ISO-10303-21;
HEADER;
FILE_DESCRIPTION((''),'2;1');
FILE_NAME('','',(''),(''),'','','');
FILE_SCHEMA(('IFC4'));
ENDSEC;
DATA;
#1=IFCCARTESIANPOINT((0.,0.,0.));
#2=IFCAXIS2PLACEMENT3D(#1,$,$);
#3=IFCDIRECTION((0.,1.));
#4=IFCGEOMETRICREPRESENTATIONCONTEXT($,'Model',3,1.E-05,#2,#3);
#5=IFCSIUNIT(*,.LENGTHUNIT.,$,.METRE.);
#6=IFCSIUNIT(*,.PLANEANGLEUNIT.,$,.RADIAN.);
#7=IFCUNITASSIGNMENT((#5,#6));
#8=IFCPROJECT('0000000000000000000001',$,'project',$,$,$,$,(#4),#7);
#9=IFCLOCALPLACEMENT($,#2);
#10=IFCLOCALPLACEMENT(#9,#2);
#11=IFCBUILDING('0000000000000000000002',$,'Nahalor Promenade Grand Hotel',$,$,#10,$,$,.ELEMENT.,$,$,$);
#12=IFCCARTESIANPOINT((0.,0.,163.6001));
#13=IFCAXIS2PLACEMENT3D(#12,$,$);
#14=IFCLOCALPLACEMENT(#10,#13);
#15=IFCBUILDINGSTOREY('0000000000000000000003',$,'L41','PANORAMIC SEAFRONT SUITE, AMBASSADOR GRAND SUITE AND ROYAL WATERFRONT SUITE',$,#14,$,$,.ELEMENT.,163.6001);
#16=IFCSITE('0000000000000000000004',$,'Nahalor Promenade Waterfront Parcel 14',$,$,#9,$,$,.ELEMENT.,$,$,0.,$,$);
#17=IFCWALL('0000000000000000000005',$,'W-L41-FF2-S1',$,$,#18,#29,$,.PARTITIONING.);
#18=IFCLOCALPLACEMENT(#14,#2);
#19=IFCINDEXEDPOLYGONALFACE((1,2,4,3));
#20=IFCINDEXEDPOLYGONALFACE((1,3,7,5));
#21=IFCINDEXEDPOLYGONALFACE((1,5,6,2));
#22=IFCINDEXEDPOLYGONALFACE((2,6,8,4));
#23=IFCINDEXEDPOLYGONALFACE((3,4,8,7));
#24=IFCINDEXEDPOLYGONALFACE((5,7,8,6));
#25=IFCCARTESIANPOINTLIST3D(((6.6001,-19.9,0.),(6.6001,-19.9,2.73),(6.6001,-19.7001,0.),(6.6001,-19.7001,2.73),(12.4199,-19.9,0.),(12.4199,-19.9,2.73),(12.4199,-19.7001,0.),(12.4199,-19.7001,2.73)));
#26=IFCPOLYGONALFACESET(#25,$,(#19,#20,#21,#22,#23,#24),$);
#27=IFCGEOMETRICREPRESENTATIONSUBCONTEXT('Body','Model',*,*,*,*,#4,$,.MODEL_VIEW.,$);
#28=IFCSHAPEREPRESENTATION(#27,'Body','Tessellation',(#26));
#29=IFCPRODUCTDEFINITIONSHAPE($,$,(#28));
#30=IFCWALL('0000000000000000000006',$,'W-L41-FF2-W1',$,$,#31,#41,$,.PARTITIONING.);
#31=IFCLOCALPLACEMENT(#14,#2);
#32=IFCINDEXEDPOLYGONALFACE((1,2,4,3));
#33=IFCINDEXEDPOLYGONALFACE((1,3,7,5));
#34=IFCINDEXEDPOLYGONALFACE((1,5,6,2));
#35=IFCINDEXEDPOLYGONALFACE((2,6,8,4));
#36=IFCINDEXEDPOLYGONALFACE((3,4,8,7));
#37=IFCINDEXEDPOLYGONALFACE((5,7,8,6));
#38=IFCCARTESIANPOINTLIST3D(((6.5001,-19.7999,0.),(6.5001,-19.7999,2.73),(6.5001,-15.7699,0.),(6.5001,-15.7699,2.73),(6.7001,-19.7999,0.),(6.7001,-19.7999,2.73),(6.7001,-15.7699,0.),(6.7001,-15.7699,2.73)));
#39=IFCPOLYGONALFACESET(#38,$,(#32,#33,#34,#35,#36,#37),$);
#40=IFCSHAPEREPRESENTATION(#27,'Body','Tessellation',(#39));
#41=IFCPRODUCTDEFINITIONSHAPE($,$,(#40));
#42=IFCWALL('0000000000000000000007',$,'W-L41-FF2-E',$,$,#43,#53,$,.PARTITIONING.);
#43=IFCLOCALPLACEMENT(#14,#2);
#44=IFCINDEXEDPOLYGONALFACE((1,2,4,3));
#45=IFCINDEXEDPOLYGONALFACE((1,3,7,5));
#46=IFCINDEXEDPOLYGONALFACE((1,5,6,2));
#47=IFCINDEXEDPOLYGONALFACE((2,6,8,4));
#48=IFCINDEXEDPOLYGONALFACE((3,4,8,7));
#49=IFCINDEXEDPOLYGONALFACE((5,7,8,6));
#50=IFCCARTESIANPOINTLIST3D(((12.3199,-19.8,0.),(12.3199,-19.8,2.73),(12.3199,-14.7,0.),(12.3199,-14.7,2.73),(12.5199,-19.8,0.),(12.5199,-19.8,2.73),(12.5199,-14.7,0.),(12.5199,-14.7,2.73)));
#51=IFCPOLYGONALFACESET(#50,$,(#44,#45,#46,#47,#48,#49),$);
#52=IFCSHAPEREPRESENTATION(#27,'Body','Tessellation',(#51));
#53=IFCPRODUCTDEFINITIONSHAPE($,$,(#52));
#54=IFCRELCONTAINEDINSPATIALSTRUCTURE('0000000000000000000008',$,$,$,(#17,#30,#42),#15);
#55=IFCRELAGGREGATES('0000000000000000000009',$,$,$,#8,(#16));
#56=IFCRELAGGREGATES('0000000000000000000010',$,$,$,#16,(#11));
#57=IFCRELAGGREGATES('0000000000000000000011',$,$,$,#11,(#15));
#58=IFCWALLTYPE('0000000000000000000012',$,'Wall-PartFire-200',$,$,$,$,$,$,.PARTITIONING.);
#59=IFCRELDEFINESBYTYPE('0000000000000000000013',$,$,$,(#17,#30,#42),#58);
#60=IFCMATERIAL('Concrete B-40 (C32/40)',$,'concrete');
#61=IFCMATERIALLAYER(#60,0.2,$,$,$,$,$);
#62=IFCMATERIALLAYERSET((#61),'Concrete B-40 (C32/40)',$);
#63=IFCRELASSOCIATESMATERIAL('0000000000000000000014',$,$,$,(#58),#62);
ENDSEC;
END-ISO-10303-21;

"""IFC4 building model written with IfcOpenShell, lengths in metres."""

from ifc_helpers import new_model, si_unit, direction, frame, frame_2d, origin, place, context, subcontext, project, spatial, rectangle, extrude, source, transform, mapped, material, layer, layer_set, type_object, element, save


model = new_model("IFC4")

# Units and contexts
model_context = context("Model", 3, precision=1e-05, world=origin(), true_north=direction((0.0, 1.0)))
body_context = subcontext(model_context, "Body", "Model", "MODEL_VIEW")
ifc_project = project(units=[si_unit("LENGTHUNIT", "METRE"), si_unit("PLANEANGLEUNIT", "RADIAN")], contexts=[model_context])

# Site, building, storey
site_placement = place(None, origin())
site = spatial("IfcSite", under=ifc_project, at=site_placement, Name="Nahalor Promenade Waterfront Parcel 14", CompositionType="ELEMENT", RefElevation=0.0)
building_placement = place(site_placement, origin())
building = spatial("IfcBuilding", under=site, at=building_placement, Name="Nahalor Promenade Grand Hotel", CompositionType="ELEMENT")
storey_placement = place(building_placement, frame((0.0, 0.0, 163.6001)))
storey = spatial("IfcBuildingStorey", under=building, at=storey_placement, Name="L41", Description="PANORAMIC SEAFRONT SUITE, AMBASSADOR GRAND SUITE AND ROYAL WATERFRONT SUITE", CompositionType="ELEMENT", Elevation=163.6001)

# Walls
ifc_material_1 = material(Name="Concrete B-40 (C32/40)", Category="concrete")
ifc_layer_1 = layer(ifc_material_1, 0.2)
ifc_layer_set_1 = layer_set([ifc_layer_1], Name="Concrete B-40 (C32/40)")
wall_type_1 = type_object("IfcWallType", Name="Wall-PartFire-200", PredefinedType="PARTITIONING", material=ifc_layer_set_1)
shared_shape_1 = source(origin(), body_context, "Body", "SweptSolid", [
    extrude(rectangle(XDim=5.8198, YDim=0.2, at=frame_2d((2.9099, 0.0))), origin(), (0.0, 0.0, 1.0), 2.73),
])
wall_1_placement = place(storey_placement, frame((6.6001, -19.8, 0.0), z_axis=(0.0, 0.0, 1.0), x_axis=(1.0, 0.0, 0.0)))
element("IfcWall", 1, at=wall_1_placement, inside=storey, type_object=wall_type_1, Name="W-L41-FF2-S1", PredefinedType="PARTITIONING", context=body_context, shape_type="MappedRepresentation", body=[
    mapped(shared_shape_1, transform((0.0, 0.0, 0.0), scale=1.0)),
])
shared_shape_2 = source(origin(), body_context, "Body", "SweptSolid", [
    extrude(rectangle(XDim=4.03, YDim=0.2, at=frame_2d((2.0151, 0.0))), origin(), (0.0, 0.0, 1.0), 2.73),
])
wall_2_placement = place(storey_placement, frame((6.6001, -19.8, 0.0), z_axis=(0.0, 0.0, 1.0), x_axis=(0.0, 1.0, 0.0)))
element("IfcWall", 2, at=wall_2_placement, inside=storey, type_object=wall_type_1, Name="W-L41-FF2-W1", PredefinedType="PARTITIONING", context=body_context, shape_type="MappedRepresentation", body=[
    mapped(shared_shape_2, transform((0.0, 0.0, 0.0), scale=1.0)),
])
shared_shape_3 = source(origin(), body_context, "Body", "SweptSolid", [
    extrude(rectangle(XDim=5.1001, YDim=0.2, at=frame_2d((2.55, 0.0))), origin(), (0.0, 0.0, 1.0), 2.73),
])
wall_3_placement = place(storey_placement, frame((12.4199, -19.8, 0.0), z_axis=(0.0, 0.0, 1.0), x_axis=(0.0, 1.0, 0.0)))
element("IfcWall", 3, at=wall_3_placement, inside=storey, type_object=wall_type_1, Name="W-L41-FF2-E", PredefinedType="PARTITIONING", context=body_context, shape_type="MappedRepresentation", body=[
    mapped(shared_shape_3, transform((0.0, 0.0, 0.0), scale=1.0)),
])

save(model, "model.ifc")
